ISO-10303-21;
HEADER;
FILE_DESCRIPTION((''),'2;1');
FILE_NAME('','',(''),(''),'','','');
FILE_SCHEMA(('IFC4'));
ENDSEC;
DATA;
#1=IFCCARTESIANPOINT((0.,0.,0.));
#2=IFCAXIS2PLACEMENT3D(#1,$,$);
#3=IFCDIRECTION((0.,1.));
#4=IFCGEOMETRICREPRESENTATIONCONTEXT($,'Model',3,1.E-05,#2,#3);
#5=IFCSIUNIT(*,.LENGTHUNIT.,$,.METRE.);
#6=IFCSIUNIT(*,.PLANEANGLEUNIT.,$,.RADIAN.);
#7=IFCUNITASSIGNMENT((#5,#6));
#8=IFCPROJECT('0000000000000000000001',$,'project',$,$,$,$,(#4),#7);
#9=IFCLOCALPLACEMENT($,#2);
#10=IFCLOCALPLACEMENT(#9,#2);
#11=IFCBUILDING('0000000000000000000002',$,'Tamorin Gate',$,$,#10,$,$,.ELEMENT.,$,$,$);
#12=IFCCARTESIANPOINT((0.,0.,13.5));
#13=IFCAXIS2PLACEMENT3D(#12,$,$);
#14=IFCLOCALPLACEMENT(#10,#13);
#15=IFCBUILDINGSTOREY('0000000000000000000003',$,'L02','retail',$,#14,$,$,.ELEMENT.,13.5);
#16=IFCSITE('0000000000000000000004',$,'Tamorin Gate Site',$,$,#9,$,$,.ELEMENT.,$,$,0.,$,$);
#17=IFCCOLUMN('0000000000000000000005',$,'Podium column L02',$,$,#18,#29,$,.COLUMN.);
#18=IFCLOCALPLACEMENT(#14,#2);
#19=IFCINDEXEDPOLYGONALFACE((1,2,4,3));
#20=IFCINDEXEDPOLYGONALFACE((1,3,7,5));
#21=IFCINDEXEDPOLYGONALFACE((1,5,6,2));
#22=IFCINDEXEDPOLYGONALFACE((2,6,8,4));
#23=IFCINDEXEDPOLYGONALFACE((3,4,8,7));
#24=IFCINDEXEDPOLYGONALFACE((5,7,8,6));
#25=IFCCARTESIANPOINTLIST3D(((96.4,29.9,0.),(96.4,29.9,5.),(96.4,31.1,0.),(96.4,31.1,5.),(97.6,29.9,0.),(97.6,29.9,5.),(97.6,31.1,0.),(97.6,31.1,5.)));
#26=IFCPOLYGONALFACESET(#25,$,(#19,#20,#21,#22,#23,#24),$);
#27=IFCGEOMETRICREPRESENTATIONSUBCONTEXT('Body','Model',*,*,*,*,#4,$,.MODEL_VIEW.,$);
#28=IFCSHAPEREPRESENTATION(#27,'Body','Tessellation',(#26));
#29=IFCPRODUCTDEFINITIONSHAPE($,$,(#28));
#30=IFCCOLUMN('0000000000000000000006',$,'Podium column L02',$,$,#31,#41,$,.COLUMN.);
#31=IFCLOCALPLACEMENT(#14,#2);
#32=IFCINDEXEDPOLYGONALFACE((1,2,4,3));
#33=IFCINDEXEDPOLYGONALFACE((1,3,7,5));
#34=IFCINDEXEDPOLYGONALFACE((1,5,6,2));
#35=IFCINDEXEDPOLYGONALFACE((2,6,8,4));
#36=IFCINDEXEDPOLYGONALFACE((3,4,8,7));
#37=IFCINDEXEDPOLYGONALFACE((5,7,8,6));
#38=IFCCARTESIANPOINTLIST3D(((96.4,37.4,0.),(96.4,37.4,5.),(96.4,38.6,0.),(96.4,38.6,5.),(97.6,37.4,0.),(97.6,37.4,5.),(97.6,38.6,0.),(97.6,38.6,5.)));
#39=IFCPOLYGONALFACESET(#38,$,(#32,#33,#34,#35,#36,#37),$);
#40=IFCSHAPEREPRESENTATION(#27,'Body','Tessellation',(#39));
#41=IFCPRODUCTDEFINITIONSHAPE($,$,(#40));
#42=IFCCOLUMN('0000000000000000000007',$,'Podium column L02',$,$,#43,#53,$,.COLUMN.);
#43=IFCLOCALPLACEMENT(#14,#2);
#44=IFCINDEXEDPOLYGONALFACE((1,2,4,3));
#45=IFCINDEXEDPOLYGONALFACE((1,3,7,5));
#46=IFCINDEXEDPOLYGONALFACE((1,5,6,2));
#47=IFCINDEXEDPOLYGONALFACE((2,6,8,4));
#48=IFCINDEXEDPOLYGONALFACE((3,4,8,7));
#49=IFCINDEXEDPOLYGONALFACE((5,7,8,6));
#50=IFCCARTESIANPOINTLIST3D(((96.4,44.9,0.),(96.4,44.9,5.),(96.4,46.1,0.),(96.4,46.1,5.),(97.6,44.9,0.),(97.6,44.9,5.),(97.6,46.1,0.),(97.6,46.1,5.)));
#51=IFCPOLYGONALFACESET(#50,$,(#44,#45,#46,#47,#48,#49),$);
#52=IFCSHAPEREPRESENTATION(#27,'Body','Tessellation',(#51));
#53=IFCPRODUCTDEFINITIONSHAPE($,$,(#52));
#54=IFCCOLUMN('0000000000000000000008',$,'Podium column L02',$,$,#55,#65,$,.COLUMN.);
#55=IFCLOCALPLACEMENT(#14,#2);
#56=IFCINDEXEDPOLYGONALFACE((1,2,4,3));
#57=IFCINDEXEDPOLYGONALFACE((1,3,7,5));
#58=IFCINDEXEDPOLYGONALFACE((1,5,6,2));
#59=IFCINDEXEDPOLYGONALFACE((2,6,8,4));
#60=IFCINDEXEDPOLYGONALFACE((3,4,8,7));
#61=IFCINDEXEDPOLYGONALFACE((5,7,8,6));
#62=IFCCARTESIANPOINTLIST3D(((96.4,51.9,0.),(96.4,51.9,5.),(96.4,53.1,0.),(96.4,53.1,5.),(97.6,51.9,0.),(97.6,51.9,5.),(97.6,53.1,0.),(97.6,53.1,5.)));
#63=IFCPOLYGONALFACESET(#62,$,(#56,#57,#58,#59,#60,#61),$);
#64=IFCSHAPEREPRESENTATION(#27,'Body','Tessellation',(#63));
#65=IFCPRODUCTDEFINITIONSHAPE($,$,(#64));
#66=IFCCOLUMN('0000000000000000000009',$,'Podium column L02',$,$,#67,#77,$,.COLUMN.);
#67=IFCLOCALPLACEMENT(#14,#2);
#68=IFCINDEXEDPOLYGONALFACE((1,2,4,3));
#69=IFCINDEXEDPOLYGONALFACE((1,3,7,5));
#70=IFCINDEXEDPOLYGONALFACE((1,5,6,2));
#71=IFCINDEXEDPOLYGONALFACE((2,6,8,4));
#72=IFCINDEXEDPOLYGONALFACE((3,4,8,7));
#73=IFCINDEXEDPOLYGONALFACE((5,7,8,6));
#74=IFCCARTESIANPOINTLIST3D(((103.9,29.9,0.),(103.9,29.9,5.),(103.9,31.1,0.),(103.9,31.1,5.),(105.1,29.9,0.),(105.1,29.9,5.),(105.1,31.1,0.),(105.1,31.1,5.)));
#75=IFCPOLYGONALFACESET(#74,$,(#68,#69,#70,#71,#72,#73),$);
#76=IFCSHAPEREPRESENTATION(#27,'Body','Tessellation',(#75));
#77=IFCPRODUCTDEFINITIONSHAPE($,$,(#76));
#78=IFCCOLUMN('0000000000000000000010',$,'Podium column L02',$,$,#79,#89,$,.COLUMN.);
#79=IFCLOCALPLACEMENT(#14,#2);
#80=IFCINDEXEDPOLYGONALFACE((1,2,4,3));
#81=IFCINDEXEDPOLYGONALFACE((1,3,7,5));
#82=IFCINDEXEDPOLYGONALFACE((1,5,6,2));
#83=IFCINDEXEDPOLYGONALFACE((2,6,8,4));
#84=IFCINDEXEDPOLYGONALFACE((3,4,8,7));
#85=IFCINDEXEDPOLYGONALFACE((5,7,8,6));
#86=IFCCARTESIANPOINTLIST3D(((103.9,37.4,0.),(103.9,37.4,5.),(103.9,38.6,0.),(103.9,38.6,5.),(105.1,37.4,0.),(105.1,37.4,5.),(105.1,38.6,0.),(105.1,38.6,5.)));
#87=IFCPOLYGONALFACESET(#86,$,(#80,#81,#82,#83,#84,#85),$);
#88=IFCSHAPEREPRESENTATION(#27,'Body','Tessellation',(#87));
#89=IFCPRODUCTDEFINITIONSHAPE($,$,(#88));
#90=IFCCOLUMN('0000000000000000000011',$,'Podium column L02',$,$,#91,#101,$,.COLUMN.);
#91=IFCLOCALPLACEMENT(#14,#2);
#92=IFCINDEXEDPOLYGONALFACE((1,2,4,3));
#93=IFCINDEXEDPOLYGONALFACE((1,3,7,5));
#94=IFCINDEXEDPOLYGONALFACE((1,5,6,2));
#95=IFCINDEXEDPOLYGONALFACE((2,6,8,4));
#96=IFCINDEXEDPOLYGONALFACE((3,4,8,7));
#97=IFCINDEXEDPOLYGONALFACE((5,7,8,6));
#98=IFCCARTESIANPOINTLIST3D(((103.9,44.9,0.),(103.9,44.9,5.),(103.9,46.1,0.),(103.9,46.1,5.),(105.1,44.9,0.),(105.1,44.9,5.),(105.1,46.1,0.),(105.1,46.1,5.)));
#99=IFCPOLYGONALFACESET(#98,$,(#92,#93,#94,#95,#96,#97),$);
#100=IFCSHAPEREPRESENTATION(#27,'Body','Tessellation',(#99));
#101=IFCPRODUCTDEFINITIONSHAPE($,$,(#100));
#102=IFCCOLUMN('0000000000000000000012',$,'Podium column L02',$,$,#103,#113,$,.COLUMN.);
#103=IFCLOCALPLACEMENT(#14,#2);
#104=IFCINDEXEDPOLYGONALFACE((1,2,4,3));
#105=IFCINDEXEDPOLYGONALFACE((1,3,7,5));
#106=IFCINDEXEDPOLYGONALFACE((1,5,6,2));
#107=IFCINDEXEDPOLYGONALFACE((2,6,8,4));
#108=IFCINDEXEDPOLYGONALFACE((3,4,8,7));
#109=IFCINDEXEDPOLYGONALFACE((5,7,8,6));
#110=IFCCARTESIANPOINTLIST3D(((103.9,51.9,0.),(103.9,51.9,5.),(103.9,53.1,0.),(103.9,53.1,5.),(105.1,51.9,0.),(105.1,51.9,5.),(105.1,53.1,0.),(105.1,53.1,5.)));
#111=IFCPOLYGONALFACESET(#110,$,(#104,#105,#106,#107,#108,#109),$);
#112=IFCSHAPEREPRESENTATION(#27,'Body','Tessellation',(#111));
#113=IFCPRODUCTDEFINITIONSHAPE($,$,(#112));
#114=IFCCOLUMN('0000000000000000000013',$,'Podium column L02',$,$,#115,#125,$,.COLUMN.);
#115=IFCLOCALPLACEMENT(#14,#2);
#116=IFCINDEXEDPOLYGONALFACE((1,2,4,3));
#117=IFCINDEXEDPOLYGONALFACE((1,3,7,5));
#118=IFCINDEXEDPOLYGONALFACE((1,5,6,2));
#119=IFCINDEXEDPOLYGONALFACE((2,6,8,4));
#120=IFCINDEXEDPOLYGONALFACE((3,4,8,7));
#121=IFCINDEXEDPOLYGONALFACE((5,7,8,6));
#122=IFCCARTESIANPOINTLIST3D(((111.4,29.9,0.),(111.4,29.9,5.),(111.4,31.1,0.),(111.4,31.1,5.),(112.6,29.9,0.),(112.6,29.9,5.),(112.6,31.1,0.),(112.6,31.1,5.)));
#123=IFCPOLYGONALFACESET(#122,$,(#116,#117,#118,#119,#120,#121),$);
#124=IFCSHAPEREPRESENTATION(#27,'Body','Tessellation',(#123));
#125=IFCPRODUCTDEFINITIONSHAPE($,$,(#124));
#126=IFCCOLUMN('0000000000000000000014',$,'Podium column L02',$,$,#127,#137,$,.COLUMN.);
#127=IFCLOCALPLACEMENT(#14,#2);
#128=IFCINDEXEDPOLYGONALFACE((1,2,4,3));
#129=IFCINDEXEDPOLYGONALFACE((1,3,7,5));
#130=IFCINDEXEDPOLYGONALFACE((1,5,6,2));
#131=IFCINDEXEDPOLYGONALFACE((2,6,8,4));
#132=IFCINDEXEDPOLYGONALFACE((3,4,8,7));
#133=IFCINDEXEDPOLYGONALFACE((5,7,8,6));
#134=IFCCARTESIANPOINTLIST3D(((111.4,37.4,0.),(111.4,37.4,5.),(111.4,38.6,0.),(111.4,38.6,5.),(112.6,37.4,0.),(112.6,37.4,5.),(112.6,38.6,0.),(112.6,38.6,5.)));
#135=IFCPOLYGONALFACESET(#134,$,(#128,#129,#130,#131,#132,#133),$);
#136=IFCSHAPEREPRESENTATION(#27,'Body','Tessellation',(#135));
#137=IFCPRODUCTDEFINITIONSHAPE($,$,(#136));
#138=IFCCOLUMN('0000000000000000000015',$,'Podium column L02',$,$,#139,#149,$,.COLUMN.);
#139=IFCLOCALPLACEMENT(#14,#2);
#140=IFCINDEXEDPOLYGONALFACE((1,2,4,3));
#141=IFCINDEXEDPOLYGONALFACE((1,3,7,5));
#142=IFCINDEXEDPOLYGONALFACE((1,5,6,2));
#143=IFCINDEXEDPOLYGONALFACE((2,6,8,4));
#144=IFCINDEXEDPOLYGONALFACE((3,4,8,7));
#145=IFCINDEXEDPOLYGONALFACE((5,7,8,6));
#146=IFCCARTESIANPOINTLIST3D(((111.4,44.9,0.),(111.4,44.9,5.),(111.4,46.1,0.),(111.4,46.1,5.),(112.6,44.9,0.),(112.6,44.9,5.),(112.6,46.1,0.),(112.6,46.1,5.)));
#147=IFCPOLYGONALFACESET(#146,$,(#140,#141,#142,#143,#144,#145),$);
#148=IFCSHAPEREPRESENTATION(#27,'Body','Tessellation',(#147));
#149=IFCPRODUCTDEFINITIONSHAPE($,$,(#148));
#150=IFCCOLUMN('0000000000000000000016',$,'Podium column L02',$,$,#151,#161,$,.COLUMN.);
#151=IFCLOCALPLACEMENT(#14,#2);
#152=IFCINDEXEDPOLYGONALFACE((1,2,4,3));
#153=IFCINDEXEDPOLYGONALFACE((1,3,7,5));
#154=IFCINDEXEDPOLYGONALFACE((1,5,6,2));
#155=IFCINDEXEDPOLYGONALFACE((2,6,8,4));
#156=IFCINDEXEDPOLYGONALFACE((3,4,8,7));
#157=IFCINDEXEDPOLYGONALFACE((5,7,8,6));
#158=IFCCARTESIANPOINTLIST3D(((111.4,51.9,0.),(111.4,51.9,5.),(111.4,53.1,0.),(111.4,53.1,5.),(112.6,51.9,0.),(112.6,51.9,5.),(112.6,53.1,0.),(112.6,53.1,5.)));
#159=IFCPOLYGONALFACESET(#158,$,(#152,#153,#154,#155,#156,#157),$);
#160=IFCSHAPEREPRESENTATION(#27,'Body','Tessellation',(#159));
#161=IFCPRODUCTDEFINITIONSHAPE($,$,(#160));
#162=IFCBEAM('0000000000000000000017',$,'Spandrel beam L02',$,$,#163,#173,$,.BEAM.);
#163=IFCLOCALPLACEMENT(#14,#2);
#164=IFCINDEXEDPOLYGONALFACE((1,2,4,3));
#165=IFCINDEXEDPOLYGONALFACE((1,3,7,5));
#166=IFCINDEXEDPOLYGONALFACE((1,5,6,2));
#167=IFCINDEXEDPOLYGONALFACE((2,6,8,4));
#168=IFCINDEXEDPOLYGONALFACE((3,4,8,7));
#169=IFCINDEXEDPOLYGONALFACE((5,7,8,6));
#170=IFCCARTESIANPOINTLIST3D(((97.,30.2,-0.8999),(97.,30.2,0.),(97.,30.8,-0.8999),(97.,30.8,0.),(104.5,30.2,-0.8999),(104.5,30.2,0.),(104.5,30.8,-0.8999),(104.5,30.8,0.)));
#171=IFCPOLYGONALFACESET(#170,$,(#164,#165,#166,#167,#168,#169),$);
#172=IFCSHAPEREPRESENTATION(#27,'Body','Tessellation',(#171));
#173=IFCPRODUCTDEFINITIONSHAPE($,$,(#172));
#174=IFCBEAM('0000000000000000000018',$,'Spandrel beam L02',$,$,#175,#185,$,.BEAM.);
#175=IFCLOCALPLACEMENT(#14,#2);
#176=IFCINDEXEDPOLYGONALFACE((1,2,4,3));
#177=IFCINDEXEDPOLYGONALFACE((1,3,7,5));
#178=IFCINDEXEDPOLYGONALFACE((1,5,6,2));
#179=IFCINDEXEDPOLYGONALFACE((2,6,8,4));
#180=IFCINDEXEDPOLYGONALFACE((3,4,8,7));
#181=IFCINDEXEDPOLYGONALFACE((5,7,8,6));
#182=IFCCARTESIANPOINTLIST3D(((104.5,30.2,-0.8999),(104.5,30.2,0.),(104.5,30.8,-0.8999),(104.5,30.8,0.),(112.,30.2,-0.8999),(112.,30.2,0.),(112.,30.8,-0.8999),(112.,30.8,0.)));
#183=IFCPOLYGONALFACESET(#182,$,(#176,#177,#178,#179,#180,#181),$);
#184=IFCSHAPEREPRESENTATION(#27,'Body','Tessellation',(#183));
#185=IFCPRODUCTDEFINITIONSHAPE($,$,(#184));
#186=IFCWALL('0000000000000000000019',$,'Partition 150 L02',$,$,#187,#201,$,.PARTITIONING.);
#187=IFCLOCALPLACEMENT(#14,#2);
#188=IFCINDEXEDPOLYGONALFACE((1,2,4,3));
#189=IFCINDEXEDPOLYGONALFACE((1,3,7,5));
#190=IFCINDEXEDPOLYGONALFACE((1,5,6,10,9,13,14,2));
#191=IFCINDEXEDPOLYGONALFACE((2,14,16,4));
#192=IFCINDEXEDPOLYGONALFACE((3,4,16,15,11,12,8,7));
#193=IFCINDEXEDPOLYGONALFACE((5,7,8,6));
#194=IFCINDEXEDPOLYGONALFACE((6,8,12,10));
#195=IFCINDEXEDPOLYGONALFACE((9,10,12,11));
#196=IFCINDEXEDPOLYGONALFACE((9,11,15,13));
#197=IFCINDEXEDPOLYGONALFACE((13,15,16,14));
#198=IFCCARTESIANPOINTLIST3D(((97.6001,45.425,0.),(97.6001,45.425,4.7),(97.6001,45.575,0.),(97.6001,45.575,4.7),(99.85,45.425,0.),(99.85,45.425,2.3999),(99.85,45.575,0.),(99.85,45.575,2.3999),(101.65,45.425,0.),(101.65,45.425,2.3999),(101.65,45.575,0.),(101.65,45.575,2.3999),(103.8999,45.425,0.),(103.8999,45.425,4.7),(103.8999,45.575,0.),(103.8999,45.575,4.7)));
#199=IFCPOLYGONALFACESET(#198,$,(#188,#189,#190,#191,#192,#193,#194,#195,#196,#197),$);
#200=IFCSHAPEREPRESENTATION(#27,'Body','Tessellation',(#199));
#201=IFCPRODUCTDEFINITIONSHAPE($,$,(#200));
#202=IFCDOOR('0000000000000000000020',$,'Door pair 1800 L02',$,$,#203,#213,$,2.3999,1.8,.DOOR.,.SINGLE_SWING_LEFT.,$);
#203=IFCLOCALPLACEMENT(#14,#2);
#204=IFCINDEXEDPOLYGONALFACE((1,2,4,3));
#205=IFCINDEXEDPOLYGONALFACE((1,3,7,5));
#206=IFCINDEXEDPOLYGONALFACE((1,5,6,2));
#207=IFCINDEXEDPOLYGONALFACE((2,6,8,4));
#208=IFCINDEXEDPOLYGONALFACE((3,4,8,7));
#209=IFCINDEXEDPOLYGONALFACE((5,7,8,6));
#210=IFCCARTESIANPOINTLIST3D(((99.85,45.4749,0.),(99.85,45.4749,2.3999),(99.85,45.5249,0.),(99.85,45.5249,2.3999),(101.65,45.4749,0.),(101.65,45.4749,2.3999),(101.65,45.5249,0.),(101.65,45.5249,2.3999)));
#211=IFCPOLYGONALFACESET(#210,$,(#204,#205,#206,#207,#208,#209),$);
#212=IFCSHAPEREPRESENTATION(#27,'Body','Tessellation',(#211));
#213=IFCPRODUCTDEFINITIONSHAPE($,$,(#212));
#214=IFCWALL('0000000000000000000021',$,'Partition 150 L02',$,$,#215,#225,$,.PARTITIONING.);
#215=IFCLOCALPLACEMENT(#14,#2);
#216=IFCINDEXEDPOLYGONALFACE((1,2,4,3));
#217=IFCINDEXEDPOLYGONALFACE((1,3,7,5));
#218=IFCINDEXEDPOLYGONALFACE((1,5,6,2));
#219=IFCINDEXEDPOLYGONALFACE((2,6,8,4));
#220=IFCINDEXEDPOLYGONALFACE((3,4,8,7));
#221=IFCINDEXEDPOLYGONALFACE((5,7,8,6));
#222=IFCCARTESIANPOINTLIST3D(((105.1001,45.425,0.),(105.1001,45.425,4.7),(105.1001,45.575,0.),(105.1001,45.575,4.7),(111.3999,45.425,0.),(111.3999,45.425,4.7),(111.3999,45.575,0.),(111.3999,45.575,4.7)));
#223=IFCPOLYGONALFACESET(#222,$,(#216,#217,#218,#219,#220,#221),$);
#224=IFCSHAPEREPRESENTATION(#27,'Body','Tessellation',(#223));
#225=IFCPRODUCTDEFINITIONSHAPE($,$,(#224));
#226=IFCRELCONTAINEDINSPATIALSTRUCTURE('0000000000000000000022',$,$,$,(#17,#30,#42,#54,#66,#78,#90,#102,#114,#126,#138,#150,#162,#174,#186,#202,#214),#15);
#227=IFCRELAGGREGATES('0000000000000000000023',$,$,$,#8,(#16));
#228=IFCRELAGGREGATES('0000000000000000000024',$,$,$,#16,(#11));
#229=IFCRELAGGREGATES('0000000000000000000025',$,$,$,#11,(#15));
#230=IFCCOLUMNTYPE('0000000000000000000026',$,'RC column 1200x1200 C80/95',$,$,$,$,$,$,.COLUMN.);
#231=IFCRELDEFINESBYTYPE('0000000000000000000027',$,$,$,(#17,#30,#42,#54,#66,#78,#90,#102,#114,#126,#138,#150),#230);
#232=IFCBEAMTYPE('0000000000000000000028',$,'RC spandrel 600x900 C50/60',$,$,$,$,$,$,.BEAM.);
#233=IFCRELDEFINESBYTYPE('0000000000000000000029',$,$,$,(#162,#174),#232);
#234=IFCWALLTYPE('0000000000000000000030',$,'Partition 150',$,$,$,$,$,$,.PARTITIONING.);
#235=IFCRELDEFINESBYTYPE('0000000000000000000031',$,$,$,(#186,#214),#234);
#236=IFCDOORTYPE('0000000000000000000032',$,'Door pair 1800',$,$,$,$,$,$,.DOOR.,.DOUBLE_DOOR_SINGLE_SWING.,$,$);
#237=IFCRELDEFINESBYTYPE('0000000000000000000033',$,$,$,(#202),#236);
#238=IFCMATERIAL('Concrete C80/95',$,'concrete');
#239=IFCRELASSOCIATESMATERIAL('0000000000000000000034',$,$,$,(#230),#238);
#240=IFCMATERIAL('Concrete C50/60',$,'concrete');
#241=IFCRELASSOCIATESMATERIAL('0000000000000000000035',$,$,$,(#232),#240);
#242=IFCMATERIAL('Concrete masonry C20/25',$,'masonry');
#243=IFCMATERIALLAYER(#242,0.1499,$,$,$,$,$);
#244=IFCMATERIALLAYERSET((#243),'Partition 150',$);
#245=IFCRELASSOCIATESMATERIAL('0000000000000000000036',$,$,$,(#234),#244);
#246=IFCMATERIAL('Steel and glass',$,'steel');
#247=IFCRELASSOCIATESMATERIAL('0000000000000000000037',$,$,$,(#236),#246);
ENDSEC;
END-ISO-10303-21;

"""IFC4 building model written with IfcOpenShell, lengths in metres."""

from ifc_helpers import new_model, si_unit, direction, frame, frame_2d, origin, origin_2d, place, context, subcontext, project, spatial, rectangle, extrude, material, layer, layer_set, material_profile, profile_set, type_object, element, fill, save


model = new_model("IFC4")

# Units and contexts
model_context = context("Model", 3, precision=1e-05, world=origin(), true_north=direction((0.0, 1.0)))
body_context = subcontext(model_context, "Body", "Model", "MODEL_VIEW")
ifc_project = project(units=[si_unit("LENGTHUNIT", "METRE"), si_unit("PLANEANGLEUNIT", "RADIAN")], contexts=[model_context])

# Site, building, storey
site_placement = place(None, origin())
site = spatial("IfcSite", under=ifc_project, at=site_placement, Name="Tamorin Gate Site", CompositionType="ELEMENT", RefElevation=0.0)
building_placement = place(site_placement, origin())
building = spatial("IfcBuilding", under=site, at=building_placement, Name="Tamorin Gate", CompositionType="ELEMENT")
storey_placement = place(building_placement, frame((0.0, 0.0, 13.5)))
storey = spatial("IfcBuildingStorey", under=building, at=storey_placement, Name="L02", Description="retail", CompositionType="ELEMENT", Elevation=13.5)

# Columns
ifc_material_1 = material(Name="Concrete C80/95", Category="concrete")
ifc_material_profile_1 = material_profile(ifc_material_1, rectangle(XDim=1.2, YDim=1.2, at=origin_2d()), Name="RC 1200x1200")
ifc_profile_set_1 = profile_set([ifc_material_profile_1], Name="Concrete C80/95")
column_type = type_object("IfcColumnType", Name="RC column 1200x1200 C80/95", PredefinedType="COLUMN", material=ifc_profile_set_1)
for number, where, z_axis, x_axis, name in (
    (1, (97.0, 30.5, 0.0), (0.0, 0.0, 1.0), (1.0, 0.0, 0.0), "Podium column L02"),
    (2, (97.0, 38.0, 0.0), (0.0, 0.0, 1.0), (1.0, 0.0, 0.0), "Podium column L02"),
    (3, (97.0, 45.5, 0.0), (0.0, 0.0, 1.0), (1.0, 0.0, 0.0), "Podium column L02"),
    (4, (97.0, 52.5, 0.0), (0.0, 0.0, 1.0), (1.0, 0.0, 0.0), "Podium column L02"),
    (5, (104.5, 30.5, 0.0), (0.0, 0.0, 1.0), (1.0, 0.0, 0.0), "Podium column L02"),
    (6, (104.5, 38.0, 0.0), (0.0, 0.0, 1.0), (1.0, 0.0, 0.0), "Podium column L02"),
    (7, (104.5, 45.5, 0.0), (0.0, 0.0, 1.0), (1.0, 0.0, 0.0), "Podium column L02"),
    (8, (104.5, 52.5, 0.0), (0.0, 0.0, 1.0), (1.0, 0.0, 0.0), "Podium column L02"),
    (9, (112.0, 30.5, 0.0), (0.0, 0.0, 1.0), (1.0, 0.0, 0.0), "Podium column L02"),
    (10, (112.0, 38.0, 0.0), (0.0, 0.0, 1.0), (1.0, 0.0, 0.0), "Podium column L02"),
    (11, (112.0, 45.5, 0.0), (0.0, 0.0, 1.0), (1.0, 0.0, 0.0), "Podium column L02"),
    (12, (112.0, 52.5, 0.0), (0.0, 0.0, 1.0), (1.0, 0.0, 0.0), "Podium column L02"),
):
    element("IfcColumn", number, at=place(storey_placement, frame(where, z_axis=z_axis, x_axis=x_axis)), inside=storey, type_object=column_type, Name=name, PredefinedType="COLUMN", context=body_context, shape_type="SweptSolid", body=[
        extrude(rectangle(XDim=1.2, YDim=1.2, at=origin_2d()), origin(), (0.0, 0.0, 1.0), 5.0),
    ])

# Beams
ifc_material_2 = material(Name="Concrete C50/60", Category="concrete")
ifc_material_profile_2 = material_profile(ifc_material_2, rectangle(XDim=0.6001, YDim=0.8999, at=origin_2d()), Name="RC 600x900")
ifc_profile_set_2 = profile_set([ifc_material_profile_2], Name="Concrete C50/60")
beam_type = type_object("IfcBeamType", Name="RC spandrel 600x900 C50/60", PredefinedType="BEAM", material=ifc_profile_set_2)
for number, where, z_axis, x_axis, name in (
    (13, (97.0, 30.5, -0.45), (1.0, 0.0, 0.0), (0.0, 1.0, 0.0), "Spandrel beam L02"),
    (14, (104.5, 30.5, -0.45), (1.0, 0.0, 0.0), (0.0, 1.0, 0.0), "Spandrel beam L02"),
):
    element("IfcBeam", number, at=place(storey_placement, frame(where, z_axis=z_axis, x_axis=x_axis)), inside=storey, type_object=beam_type, Name=name, PredefinedType="BEAM", context=body_context, shape_type="SweptSolid", body=[
        extrude(rectangle(XDim=0.6001, YDim=0.8999, at=origin_2d()), origin(), (0.0, 0.0, 1.0), 7.5),
    ])

# Wall, opening, door
ifc_material_3 = material(Name="Concrete masonry C20/25", Category="masonry")
ifc_layer_1 = layer(ifc_material_3, 0.1499)
ifc_layer_set_1 = layer_set([ifc_layer_1], Name="Partition 150")
wall_type_1 = type_object("IfcWallType", Name="Partition 150", PredefinedType="PARTITIONING", material=ifc_layer_set_1)
wall_1_placement = place(storey_placement, frame((97.6001, 45.5, 0.0), z_axis=(0.0, 0.0, 1.0), x_axis=(1.0, 0.0, 0.0)))
wall_1 = element("IfcWall", 15, at=wall_1_placement, inside=storey, type_object=wall_type_1, Name="Partition 150 L02", PredefinedType="PARTITIONING", context=body_context, shape_type="SweptSolid", body=[
    extrude(rectangle(XDim=6.2998, YDim=0.1499, at=frame_2d((3.1499, 0.0))), origin(), (0.0, 0.0, 1.0), 4.7),
])
opening_1_placement = place(wall_1_placement, frame((2.25, 0.0, 0.0)))
opening_1 = element("IfcOpeningElement", 16, at=opening_1_placement, cuts=wall_1, PredefinedType="OPENING", context=body_context, shape_type="SweptSolid", body=[
    extrude(rectangle(XDim=1.8, YDim=2.3999, at=frame_2d((0.8999, 1.2))), frame((0.0, 0.085, 0.0), z_axis=(0.0, -1.0, 0.0), x_axis=(1.0, 0.0, 0.0)), (0.0, 0.0, 1.0), 0.1699),
])
ifc_material_4 = material(Name="Steel and glass", Category="steel")
door_type_1 = type_object("IfcDoorType", Name="Door pair 1800", OperationType="DOUBLE_DOOR_SINGLE_SWING", PredefinedType="DOOR", material=ifc_material_4)
door_1_placement = place(opening_1_placement, origin())
door_1 = element("IfcDoor", 17, at=door_1_placement, inside=storey, type_object=door_type_1, Name="Door pair 1800 L02", OperationType="SINGLE_SWING_LEFT", OverallHeight=2.3999, OverallWidth=1.8, PredefinedType="DOOR", context=body_context, shape_type="SweptSolid", body=[
    extrude(rectangle(XDim=1.8, YDim=2.3999, at=frame_2d((0.8999, 1.2))), frame((0.0, 0.0249, 0.0), z_axis=(0.0, -1.0, 0.0), x_axis=(1.0, 0.0, 0.0)), (0.0, 0.0, 1.0), 0.05),
])
fill(opening_1, door_1)

# Wall
wall_2_placement = place(storey_placement, frame((105.1001, 45.5, 0.0), z_axis=(0.0, 0.0, 1.0), x_axis=(1.0, 0.0, 0.0)))
element("IfcWall", 18, at=wall_2_placement, inside=storey, type_object=wall_type_1, Name="Partition 150 L02", PredefinedType="PARTITIONING", context=body_context, shape_type="SweptSolid", body=[
    extrude(rectangle(XDim=6.2998, YDim=0.1499, at=frame_2d((3.1499, 0.0))), origin(), (0.0, 0.0, 1.0), 4.7),
])

save(model, "model.ifc")
